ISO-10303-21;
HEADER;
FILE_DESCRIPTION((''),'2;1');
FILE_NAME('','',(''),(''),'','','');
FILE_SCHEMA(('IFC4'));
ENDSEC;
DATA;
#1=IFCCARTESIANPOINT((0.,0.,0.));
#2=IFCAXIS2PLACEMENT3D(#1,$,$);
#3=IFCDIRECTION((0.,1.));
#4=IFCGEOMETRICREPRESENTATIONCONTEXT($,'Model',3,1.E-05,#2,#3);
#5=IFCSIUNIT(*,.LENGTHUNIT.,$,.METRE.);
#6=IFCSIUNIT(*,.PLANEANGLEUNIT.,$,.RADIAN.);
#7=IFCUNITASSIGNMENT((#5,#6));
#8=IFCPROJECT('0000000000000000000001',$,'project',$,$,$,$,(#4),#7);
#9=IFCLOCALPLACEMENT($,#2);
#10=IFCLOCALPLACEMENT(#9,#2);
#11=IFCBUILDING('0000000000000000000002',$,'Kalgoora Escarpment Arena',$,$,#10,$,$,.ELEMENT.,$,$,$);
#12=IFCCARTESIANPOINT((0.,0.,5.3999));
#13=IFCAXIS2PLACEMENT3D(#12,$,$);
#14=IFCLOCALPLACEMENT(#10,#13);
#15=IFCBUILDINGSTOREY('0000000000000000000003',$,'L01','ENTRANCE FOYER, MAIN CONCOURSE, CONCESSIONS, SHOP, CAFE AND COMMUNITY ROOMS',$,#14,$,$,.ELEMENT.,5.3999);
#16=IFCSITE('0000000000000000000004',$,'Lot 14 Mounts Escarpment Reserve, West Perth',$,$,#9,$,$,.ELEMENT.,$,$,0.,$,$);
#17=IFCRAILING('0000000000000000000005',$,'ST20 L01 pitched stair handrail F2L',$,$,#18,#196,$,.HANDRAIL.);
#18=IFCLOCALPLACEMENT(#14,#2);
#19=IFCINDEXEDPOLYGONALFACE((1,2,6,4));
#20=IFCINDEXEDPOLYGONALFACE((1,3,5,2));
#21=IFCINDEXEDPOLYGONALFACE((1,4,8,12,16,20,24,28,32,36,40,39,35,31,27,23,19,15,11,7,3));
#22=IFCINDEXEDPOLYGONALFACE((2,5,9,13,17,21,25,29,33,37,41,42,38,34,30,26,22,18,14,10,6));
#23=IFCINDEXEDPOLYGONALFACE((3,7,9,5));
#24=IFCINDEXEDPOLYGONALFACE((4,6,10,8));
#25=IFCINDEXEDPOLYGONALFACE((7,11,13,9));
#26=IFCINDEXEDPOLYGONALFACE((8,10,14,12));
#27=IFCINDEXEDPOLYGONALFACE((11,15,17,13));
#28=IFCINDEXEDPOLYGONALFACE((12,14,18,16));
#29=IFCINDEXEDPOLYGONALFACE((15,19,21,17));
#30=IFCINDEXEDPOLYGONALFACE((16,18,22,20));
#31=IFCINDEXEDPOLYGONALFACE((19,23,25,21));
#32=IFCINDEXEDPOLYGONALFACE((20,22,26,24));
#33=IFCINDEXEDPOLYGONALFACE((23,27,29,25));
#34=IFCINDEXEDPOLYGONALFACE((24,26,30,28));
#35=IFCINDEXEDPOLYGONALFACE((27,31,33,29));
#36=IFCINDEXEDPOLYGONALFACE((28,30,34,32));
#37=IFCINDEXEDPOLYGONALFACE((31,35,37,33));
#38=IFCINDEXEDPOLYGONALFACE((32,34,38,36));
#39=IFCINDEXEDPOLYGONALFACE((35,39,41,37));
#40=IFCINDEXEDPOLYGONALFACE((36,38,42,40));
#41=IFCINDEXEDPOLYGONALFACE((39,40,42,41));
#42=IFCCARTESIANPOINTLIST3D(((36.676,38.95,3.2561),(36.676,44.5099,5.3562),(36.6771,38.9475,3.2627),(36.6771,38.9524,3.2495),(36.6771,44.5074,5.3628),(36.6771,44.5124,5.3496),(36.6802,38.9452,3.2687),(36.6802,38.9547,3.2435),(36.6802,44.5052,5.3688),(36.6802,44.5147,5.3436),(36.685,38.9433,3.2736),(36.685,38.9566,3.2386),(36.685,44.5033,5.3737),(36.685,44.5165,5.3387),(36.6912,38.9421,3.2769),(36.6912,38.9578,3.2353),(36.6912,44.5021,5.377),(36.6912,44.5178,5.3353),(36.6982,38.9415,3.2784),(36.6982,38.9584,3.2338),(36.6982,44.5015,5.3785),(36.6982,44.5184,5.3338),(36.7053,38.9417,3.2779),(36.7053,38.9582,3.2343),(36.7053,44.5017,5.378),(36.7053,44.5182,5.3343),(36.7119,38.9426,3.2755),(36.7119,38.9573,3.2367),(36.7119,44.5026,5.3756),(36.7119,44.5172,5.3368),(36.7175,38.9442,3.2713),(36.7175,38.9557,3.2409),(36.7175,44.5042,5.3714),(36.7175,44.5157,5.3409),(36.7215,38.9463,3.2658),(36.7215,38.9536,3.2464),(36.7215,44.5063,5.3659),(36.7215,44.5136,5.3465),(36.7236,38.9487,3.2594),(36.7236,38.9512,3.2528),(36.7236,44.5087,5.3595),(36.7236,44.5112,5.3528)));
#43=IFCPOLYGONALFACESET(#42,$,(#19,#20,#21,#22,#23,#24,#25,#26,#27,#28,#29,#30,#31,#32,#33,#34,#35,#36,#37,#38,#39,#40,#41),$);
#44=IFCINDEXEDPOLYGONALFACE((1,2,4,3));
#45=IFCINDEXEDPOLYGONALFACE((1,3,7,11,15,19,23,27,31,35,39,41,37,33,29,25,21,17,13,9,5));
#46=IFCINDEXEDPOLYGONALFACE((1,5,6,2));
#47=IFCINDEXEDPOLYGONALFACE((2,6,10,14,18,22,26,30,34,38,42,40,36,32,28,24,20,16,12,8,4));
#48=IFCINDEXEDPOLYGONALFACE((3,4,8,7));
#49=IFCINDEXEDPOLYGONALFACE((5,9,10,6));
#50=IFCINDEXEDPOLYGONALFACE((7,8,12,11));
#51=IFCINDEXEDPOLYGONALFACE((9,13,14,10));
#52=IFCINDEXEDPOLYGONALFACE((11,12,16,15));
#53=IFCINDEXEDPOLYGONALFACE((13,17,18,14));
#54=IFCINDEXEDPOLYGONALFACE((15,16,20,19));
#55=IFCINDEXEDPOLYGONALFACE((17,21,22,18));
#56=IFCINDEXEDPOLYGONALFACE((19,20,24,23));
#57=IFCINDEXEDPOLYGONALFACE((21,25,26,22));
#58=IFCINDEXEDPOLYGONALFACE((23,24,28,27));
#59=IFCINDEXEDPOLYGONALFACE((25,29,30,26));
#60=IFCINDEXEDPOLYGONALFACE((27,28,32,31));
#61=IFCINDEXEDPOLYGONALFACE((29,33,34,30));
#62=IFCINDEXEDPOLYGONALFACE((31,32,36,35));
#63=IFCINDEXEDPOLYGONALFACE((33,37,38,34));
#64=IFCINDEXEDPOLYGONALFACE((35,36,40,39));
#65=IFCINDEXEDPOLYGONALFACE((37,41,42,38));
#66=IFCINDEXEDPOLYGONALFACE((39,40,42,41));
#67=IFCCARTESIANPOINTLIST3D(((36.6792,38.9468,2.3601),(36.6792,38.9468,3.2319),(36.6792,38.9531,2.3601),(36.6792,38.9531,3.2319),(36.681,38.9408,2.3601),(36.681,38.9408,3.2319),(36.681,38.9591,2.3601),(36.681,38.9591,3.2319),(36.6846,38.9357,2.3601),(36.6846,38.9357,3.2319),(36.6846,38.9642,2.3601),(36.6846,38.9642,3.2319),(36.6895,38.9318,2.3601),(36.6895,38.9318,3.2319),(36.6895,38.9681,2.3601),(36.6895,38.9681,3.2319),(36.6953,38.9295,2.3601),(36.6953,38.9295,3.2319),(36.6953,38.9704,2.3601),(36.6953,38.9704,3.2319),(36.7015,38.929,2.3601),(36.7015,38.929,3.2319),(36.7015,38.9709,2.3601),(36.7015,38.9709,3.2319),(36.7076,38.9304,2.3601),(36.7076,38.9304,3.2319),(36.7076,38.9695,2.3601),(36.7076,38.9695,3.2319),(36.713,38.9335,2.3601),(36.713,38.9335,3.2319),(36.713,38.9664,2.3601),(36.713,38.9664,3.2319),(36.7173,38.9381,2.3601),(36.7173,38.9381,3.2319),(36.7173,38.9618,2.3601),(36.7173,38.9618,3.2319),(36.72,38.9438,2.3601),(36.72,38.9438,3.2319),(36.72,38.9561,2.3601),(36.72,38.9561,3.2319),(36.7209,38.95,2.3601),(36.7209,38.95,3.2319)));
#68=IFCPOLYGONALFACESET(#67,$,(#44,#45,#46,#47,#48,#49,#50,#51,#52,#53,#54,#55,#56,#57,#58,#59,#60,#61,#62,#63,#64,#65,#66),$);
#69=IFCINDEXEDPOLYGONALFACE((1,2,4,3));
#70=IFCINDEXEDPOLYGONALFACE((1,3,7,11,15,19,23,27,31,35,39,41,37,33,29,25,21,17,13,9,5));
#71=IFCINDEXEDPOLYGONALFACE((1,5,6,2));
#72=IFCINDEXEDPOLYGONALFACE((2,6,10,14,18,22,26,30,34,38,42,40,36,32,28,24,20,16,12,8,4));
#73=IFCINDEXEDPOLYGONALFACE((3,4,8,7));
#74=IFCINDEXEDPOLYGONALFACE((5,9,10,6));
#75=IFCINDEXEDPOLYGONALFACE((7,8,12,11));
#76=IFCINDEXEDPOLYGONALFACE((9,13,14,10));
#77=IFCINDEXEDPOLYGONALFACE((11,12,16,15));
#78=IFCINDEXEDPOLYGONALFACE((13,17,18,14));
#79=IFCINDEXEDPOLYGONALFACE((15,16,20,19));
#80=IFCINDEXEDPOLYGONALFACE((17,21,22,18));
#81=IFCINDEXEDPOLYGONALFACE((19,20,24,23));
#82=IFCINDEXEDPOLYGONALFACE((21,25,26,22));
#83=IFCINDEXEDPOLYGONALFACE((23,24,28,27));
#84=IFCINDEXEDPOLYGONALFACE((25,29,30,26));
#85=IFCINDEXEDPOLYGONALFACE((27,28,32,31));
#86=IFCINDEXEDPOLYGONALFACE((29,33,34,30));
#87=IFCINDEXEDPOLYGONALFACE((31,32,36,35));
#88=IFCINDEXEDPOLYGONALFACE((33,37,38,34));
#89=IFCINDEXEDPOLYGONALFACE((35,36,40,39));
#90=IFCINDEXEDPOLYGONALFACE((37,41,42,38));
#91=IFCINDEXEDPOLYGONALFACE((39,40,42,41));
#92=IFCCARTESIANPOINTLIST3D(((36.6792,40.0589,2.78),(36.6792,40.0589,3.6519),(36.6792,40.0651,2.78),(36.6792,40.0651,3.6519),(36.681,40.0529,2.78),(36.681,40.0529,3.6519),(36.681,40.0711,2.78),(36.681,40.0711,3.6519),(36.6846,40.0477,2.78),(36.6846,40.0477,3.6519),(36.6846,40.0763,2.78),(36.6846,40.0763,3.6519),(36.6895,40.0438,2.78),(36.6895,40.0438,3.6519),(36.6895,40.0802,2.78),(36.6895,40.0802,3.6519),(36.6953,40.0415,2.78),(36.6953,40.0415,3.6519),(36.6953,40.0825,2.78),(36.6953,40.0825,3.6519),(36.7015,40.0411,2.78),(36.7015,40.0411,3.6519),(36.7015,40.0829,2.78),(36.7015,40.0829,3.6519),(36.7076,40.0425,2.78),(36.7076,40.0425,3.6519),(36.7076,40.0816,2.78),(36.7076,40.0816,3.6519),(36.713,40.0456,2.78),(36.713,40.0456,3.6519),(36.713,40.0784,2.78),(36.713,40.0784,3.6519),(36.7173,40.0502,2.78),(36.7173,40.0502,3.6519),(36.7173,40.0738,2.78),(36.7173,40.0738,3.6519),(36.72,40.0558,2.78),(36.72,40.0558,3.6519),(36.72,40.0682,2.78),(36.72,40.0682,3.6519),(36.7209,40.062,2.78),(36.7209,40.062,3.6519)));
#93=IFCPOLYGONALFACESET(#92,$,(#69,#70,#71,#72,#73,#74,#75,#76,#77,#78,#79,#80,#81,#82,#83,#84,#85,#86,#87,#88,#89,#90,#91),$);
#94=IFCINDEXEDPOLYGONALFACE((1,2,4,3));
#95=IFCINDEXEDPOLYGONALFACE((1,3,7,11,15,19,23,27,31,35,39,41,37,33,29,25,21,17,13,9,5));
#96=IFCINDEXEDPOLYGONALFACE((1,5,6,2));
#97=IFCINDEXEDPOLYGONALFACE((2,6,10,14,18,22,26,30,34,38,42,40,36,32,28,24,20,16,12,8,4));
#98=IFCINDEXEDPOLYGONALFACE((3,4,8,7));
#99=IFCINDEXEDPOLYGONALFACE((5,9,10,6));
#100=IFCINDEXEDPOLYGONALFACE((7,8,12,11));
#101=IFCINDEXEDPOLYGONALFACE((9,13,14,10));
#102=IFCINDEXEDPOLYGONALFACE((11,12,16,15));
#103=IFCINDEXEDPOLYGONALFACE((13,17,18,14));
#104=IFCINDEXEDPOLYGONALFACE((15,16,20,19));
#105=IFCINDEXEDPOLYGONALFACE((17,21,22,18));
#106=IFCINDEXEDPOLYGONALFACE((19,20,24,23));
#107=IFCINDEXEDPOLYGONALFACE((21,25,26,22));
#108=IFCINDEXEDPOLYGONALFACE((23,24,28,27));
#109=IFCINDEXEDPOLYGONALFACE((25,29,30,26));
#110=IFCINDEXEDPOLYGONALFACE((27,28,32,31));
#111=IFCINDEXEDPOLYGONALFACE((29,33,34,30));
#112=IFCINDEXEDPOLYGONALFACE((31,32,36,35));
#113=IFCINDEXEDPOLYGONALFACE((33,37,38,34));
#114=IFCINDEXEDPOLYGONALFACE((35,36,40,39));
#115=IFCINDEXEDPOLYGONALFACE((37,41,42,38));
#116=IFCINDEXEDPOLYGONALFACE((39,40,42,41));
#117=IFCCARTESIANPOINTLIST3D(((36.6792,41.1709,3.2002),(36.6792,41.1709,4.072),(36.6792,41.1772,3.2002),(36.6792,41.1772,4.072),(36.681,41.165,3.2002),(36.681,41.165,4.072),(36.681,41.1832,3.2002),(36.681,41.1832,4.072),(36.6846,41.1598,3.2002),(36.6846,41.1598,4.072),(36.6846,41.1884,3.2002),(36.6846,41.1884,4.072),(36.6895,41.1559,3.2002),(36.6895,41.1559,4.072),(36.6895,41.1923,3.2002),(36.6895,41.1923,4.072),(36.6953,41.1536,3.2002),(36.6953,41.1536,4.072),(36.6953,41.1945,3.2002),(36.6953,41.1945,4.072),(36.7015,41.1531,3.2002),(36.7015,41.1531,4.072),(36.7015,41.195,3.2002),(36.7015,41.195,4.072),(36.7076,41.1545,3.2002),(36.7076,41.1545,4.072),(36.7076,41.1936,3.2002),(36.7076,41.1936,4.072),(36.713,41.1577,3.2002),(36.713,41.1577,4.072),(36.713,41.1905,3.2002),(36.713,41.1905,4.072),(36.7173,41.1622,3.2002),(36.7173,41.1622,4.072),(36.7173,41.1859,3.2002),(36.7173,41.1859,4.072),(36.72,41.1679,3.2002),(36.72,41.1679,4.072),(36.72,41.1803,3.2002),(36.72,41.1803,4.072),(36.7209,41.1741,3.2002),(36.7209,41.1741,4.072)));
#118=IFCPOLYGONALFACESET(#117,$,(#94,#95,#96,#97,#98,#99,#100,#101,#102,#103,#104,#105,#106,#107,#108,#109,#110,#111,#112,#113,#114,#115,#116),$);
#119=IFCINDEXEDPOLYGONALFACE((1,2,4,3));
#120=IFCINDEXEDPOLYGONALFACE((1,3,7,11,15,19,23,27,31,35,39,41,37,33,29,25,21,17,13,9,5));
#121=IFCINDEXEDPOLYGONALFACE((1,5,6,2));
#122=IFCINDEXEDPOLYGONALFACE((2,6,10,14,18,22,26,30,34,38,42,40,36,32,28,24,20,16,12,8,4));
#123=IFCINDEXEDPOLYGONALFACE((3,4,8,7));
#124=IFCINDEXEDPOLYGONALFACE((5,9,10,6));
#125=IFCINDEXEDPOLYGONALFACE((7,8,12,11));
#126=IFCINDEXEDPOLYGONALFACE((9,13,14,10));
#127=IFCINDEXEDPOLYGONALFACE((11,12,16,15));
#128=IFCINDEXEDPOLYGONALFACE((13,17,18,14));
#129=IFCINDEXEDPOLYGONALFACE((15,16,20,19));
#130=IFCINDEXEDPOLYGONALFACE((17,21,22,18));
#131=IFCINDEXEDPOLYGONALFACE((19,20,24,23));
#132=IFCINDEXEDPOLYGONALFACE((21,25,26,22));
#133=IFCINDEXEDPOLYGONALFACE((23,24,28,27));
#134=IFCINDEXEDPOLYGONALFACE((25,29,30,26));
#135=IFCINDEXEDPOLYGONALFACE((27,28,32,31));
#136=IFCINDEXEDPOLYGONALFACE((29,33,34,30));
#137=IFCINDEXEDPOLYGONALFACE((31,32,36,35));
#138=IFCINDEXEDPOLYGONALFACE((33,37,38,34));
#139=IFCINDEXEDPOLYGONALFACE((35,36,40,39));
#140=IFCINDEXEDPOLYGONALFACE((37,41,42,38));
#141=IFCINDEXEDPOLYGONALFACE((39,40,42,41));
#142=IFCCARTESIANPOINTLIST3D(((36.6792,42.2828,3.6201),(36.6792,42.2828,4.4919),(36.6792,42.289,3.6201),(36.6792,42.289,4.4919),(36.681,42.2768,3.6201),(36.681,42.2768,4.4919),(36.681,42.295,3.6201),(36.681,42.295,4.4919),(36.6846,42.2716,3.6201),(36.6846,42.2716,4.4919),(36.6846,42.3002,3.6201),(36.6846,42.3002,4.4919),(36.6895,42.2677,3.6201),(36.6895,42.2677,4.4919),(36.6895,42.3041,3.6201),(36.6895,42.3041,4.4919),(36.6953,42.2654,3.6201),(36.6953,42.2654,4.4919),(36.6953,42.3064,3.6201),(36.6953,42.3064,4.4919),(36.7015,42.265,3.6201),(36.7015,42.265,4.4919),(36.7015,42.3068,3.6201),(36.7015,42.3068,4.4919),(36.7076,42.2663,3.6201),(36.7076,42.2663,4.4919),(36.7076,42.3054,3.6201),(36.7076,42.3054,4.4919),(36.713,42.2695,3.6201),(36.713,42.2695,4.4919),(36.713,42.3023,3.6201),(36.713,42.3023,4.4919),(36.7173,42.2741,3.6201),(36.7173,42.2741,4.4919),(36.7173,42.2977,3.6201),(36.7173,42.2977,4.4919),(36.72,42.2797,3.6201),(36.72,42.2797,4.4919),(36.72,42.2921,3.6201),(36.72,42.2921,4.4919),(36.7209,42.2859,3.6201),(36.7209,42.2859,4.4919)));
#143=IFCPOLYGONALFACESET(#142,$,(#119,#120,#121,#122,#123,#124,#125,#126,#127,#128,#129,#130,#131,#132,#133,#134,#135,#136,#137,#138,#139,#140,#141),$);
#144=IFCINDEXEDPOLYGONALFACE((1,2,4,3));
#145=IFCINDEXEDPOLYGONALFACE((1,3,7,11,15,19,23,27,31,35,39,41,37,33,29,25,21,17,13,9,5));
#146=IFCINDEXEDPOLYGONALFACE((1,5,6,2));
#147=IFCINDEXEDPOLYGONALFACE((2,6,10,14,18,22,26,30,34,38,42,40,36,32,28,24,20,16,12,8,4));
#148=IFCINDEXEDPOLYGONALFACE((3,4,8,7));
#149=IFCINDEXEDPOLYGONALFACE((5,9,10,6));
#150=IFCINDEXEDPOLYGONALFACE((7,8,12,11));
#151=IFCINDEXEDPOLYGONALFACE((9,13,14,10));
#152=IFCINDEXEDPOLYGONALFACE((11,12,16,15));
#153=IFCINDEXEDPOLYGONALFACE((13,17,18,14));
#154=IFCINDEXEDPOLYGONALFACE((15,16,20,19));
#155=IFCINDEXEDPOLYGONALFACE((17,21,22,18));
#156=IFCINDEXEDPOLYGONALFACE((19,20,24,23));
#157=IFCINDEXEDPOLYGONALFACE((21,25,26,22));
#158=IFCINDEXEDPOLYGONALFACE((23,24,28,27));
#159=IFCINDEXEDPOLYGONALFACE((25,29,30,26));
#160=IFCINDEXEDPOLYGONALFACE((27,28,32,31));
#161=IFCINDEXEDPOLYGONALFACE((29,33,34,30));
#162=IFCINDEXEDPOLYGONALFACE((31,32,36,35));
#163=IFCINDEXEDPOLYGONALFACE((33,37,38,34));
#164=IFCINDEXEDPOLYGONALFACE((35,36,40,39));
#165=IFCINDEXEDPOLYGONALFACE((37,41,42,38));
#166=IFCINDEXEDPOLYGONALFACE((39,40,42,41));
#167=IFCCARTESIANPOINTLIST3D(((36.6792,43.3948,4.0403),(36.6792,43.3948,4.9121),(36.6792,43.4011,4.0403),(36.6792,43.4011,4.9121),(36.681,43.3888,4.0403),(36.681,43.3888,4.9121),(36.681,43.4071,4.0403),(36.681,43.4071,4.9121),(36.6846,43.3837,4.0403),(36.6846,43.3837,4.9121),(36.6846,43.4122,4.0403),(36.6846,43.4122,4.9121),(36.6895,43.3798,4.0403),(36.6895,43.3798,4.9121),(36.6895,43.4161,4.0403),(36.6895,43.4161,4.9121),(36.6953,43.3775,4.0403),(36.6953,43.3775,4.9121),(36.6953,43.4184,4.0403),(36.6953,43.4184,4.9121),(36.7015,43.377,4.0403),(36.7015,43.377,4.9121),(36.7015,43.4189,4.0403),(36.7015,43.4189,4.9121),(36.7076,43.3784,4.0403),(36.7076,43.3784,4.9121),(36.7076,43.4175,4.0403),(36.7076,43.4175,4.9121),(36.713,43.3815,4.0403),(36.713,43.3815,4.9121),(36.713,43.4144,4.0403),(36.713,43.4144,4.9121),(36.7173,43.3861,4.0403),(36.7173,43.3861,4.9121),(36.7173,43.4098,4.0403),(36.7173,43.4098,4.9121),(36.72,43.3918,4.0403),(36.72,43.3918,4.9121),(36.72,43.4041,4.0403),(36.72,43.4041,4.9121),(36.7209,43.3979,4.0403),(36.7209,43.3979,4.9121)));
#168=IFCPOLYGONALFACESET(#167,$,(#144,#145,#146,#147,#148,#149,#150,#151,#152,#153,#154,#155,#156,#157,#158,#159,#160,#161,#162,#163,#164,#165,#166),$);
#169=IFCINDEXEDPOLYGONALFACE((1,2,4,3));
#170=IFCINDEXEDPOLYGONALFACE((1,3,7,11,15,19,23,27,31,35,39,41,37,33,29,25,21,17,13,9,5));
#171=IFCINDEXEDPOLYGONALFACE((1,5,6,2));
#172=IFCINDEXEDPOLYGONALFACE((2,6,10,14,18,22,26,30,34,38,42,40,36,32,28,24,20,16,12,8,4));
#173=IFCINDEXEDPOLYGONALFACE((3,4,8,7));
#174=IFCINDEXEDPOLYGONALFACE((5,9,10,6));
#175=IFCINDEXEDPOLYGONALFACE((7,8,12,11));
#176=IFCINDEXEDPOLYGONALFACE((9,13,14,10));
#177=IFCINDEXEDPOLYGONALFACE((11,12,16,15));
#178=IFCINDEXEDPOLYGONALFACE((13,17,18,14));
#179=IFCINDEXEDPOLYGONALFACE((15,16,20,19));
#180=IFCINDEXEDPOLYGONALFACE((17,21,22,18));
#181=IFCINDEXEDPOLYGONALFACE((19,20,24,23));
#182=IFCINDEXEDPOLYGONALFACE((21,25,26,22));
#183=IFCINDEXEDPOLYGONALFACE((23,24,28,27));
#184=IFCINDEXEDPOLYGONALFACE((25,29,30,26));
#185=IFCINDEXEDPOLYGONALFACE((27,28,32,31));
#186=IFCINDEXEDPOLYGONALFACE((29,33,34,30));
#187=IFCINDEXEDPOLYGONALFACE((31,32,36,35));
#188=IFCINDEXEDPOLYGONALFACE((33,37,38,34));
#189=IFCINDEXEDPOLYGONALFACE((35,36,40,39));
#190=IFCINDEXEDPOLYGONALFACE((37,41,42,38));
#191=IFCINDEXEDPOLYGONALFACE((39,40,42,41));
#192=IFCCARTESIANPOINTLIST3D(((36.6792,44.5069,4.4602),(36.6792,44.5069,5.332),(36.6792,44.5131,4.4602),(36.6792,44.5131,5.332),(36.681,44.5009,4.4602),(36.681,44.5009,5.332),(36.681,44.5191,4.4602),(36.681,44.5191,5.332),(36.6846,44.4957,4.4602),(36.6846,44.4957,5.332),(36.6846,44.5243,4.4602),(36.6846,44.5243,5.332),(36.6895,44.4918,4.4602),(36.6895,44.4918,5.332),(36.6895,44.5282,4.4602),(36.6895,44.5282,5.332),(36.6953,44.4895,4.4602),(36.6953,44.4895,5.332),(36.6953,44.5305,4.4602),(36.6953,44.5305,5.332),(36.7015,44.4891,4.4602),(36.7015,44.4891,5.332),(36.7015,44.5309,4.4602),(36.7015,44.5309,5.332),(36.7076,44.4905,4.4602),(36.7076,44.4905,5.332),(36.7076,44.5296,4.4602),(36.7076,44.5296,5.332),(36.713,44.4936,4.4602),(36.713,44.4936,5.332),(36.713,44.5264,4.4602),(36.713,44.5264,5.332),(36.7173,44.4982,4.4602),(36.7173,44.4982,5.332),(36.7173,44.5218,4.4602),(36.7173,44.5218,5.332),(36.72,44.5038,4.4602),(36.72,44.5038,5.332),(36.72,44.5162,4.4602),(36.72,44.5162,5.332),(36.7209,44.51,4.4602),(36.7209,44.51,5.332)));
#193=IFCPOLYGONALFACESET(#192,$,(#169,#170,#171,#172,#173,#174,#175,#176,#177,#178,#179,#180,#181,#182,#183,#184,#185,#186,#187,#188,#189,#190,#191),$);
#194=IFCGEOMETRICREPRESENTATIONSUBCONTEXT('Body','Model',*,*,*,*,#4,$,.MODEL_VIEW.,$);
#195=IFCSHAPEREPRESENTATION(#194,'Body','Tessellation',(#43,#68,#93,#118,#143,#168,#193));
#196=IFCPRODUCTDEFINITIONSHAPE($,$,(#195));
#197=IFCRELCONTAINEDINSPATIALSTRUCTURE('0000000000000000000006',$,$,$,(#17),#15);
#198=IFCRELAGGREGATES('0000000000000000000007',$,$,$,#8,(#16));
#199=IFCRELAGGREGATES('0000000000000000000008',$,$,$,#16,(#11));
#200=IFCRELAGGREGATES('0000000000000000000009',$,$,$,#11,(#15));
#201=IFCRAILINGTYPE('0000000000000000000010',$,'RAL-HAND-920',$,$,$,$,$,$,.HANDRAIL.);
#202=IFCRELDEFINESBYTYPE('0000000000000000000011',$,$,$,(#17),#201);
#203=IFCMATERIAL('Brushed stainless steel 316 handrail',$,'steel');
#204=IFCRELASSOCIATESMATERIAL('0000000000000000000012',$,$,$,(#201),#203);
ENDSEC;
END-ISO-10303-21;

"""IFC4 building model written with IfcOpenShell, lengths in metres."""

from ifc_helpers import new_model, si_unit, direction, frame, origin, origin_2d, place, context, subcontext, project, spatial, circle, extrude, material, type_object, element, save


model = new_model("IFC4")

# Units and contexts
model_context = context("Model", 3, precision=1e-05, world=origin(), true_north=direction((0.0, 1.0)))
body_context = subcontext(model_context, "Body", "Model", "MODEL_VIEW")
ifc_project = project(units=[si_unit("LENGTHUNIT", "METRE"), si_unit("PLANEANGLEUNIT", "RADIAN")], contexts=[model_context])

# Site, building, storey
site_placement = place(None, origin())
site = spatial("IfcSite", under=ifc_project, at=site_placement, Name="Lot 14 Mounts Escarpment Reserve, West Perth", CompositionType="ELEMENT", RefElevation=0.0)
building_placement = place(site_placement, origin())
building = spatial("IfcBuilding", under=site, at=building_placement, Name="Kalgoora Escarpment Arena", CompositionType="ELEMENT")
storey_placement = place(building_placement, frame((0.0, 0.0, 5.3999)))
storey = spatial("IfcBuildingStorey", under=building, at=storey_placement, Name="L01", Description="ENTRANCE FOYER, MAIN CONCOURSE, CONCESSIONS, SHOP, CAFE AND COMMUNITY ROOMS", CompositionType="ELEMENT", Elevation=5.3999)

# Railing
ifc_material_1 = material(Name="Brushed stainless steel 316 handrail", Category="steel")
railing_type_1 = type_object("IfcRailingType", Name="RAL-HAND-920", PredefinedType="HANDRAIL", material=ifc_material_1)
for number, where, name in (
    (1, (36.7, 38.95, 2.3601), "ST20 L01 pitched stair handrail F2L"),
):
    element("IfcRailing", number, at=place(storey_placement, frame(where)), inside=storey, type_object=railing_type_1, Name=name, PredefinedType="HANDRAIL", context=body_context, shape_type="SweptSolid", body=[
        extrude(circle(Radius=0.0239, at=origin_2d()), frame((0.0, 0.0, 0.896), z_axis=(0.0, 0.935493, 0.353346), x_axis=(-1.0, 0.0, 0.0)), (0.0, 0.0, 1.0), 5.9434),
        extrude(circle(Radius=0.021, at=origin_2d()), origin(), (0.0, 0.0, 1.0), 0.8718),
        extrude(circle(Radius=0.021, at=origin_2d()), frame((0.0, 1.1121, 0.4199)), (0.0, 0.0, 1.0), 0.8718),
        extrude(circle(Radius=0.021, at=origin_2d()), frame((0.0, 2.2241, 0.8401)), (0.0, 0.0, 1.0), 0.8718),
        extrude(circle(Radius=0.021, at=origin_2d()), frame((0.0, 3.3359, 1.26)), (0.0, 0.0, 1.0), 0.8718),
        extrude(circle(Radius=0.021, at=origin_2d()), frame((0.0, 4.448, 1.6802)), (0.0, 0.0, 1.0), 0.8718),
        extrude(circle(Radius=0.021, at=origin_2d()), frame((0.0, 5.5601, 2.1001)), (0.0, 0.0, 1.0), 0.8718),
    ])

save(model, "model.ifc")
